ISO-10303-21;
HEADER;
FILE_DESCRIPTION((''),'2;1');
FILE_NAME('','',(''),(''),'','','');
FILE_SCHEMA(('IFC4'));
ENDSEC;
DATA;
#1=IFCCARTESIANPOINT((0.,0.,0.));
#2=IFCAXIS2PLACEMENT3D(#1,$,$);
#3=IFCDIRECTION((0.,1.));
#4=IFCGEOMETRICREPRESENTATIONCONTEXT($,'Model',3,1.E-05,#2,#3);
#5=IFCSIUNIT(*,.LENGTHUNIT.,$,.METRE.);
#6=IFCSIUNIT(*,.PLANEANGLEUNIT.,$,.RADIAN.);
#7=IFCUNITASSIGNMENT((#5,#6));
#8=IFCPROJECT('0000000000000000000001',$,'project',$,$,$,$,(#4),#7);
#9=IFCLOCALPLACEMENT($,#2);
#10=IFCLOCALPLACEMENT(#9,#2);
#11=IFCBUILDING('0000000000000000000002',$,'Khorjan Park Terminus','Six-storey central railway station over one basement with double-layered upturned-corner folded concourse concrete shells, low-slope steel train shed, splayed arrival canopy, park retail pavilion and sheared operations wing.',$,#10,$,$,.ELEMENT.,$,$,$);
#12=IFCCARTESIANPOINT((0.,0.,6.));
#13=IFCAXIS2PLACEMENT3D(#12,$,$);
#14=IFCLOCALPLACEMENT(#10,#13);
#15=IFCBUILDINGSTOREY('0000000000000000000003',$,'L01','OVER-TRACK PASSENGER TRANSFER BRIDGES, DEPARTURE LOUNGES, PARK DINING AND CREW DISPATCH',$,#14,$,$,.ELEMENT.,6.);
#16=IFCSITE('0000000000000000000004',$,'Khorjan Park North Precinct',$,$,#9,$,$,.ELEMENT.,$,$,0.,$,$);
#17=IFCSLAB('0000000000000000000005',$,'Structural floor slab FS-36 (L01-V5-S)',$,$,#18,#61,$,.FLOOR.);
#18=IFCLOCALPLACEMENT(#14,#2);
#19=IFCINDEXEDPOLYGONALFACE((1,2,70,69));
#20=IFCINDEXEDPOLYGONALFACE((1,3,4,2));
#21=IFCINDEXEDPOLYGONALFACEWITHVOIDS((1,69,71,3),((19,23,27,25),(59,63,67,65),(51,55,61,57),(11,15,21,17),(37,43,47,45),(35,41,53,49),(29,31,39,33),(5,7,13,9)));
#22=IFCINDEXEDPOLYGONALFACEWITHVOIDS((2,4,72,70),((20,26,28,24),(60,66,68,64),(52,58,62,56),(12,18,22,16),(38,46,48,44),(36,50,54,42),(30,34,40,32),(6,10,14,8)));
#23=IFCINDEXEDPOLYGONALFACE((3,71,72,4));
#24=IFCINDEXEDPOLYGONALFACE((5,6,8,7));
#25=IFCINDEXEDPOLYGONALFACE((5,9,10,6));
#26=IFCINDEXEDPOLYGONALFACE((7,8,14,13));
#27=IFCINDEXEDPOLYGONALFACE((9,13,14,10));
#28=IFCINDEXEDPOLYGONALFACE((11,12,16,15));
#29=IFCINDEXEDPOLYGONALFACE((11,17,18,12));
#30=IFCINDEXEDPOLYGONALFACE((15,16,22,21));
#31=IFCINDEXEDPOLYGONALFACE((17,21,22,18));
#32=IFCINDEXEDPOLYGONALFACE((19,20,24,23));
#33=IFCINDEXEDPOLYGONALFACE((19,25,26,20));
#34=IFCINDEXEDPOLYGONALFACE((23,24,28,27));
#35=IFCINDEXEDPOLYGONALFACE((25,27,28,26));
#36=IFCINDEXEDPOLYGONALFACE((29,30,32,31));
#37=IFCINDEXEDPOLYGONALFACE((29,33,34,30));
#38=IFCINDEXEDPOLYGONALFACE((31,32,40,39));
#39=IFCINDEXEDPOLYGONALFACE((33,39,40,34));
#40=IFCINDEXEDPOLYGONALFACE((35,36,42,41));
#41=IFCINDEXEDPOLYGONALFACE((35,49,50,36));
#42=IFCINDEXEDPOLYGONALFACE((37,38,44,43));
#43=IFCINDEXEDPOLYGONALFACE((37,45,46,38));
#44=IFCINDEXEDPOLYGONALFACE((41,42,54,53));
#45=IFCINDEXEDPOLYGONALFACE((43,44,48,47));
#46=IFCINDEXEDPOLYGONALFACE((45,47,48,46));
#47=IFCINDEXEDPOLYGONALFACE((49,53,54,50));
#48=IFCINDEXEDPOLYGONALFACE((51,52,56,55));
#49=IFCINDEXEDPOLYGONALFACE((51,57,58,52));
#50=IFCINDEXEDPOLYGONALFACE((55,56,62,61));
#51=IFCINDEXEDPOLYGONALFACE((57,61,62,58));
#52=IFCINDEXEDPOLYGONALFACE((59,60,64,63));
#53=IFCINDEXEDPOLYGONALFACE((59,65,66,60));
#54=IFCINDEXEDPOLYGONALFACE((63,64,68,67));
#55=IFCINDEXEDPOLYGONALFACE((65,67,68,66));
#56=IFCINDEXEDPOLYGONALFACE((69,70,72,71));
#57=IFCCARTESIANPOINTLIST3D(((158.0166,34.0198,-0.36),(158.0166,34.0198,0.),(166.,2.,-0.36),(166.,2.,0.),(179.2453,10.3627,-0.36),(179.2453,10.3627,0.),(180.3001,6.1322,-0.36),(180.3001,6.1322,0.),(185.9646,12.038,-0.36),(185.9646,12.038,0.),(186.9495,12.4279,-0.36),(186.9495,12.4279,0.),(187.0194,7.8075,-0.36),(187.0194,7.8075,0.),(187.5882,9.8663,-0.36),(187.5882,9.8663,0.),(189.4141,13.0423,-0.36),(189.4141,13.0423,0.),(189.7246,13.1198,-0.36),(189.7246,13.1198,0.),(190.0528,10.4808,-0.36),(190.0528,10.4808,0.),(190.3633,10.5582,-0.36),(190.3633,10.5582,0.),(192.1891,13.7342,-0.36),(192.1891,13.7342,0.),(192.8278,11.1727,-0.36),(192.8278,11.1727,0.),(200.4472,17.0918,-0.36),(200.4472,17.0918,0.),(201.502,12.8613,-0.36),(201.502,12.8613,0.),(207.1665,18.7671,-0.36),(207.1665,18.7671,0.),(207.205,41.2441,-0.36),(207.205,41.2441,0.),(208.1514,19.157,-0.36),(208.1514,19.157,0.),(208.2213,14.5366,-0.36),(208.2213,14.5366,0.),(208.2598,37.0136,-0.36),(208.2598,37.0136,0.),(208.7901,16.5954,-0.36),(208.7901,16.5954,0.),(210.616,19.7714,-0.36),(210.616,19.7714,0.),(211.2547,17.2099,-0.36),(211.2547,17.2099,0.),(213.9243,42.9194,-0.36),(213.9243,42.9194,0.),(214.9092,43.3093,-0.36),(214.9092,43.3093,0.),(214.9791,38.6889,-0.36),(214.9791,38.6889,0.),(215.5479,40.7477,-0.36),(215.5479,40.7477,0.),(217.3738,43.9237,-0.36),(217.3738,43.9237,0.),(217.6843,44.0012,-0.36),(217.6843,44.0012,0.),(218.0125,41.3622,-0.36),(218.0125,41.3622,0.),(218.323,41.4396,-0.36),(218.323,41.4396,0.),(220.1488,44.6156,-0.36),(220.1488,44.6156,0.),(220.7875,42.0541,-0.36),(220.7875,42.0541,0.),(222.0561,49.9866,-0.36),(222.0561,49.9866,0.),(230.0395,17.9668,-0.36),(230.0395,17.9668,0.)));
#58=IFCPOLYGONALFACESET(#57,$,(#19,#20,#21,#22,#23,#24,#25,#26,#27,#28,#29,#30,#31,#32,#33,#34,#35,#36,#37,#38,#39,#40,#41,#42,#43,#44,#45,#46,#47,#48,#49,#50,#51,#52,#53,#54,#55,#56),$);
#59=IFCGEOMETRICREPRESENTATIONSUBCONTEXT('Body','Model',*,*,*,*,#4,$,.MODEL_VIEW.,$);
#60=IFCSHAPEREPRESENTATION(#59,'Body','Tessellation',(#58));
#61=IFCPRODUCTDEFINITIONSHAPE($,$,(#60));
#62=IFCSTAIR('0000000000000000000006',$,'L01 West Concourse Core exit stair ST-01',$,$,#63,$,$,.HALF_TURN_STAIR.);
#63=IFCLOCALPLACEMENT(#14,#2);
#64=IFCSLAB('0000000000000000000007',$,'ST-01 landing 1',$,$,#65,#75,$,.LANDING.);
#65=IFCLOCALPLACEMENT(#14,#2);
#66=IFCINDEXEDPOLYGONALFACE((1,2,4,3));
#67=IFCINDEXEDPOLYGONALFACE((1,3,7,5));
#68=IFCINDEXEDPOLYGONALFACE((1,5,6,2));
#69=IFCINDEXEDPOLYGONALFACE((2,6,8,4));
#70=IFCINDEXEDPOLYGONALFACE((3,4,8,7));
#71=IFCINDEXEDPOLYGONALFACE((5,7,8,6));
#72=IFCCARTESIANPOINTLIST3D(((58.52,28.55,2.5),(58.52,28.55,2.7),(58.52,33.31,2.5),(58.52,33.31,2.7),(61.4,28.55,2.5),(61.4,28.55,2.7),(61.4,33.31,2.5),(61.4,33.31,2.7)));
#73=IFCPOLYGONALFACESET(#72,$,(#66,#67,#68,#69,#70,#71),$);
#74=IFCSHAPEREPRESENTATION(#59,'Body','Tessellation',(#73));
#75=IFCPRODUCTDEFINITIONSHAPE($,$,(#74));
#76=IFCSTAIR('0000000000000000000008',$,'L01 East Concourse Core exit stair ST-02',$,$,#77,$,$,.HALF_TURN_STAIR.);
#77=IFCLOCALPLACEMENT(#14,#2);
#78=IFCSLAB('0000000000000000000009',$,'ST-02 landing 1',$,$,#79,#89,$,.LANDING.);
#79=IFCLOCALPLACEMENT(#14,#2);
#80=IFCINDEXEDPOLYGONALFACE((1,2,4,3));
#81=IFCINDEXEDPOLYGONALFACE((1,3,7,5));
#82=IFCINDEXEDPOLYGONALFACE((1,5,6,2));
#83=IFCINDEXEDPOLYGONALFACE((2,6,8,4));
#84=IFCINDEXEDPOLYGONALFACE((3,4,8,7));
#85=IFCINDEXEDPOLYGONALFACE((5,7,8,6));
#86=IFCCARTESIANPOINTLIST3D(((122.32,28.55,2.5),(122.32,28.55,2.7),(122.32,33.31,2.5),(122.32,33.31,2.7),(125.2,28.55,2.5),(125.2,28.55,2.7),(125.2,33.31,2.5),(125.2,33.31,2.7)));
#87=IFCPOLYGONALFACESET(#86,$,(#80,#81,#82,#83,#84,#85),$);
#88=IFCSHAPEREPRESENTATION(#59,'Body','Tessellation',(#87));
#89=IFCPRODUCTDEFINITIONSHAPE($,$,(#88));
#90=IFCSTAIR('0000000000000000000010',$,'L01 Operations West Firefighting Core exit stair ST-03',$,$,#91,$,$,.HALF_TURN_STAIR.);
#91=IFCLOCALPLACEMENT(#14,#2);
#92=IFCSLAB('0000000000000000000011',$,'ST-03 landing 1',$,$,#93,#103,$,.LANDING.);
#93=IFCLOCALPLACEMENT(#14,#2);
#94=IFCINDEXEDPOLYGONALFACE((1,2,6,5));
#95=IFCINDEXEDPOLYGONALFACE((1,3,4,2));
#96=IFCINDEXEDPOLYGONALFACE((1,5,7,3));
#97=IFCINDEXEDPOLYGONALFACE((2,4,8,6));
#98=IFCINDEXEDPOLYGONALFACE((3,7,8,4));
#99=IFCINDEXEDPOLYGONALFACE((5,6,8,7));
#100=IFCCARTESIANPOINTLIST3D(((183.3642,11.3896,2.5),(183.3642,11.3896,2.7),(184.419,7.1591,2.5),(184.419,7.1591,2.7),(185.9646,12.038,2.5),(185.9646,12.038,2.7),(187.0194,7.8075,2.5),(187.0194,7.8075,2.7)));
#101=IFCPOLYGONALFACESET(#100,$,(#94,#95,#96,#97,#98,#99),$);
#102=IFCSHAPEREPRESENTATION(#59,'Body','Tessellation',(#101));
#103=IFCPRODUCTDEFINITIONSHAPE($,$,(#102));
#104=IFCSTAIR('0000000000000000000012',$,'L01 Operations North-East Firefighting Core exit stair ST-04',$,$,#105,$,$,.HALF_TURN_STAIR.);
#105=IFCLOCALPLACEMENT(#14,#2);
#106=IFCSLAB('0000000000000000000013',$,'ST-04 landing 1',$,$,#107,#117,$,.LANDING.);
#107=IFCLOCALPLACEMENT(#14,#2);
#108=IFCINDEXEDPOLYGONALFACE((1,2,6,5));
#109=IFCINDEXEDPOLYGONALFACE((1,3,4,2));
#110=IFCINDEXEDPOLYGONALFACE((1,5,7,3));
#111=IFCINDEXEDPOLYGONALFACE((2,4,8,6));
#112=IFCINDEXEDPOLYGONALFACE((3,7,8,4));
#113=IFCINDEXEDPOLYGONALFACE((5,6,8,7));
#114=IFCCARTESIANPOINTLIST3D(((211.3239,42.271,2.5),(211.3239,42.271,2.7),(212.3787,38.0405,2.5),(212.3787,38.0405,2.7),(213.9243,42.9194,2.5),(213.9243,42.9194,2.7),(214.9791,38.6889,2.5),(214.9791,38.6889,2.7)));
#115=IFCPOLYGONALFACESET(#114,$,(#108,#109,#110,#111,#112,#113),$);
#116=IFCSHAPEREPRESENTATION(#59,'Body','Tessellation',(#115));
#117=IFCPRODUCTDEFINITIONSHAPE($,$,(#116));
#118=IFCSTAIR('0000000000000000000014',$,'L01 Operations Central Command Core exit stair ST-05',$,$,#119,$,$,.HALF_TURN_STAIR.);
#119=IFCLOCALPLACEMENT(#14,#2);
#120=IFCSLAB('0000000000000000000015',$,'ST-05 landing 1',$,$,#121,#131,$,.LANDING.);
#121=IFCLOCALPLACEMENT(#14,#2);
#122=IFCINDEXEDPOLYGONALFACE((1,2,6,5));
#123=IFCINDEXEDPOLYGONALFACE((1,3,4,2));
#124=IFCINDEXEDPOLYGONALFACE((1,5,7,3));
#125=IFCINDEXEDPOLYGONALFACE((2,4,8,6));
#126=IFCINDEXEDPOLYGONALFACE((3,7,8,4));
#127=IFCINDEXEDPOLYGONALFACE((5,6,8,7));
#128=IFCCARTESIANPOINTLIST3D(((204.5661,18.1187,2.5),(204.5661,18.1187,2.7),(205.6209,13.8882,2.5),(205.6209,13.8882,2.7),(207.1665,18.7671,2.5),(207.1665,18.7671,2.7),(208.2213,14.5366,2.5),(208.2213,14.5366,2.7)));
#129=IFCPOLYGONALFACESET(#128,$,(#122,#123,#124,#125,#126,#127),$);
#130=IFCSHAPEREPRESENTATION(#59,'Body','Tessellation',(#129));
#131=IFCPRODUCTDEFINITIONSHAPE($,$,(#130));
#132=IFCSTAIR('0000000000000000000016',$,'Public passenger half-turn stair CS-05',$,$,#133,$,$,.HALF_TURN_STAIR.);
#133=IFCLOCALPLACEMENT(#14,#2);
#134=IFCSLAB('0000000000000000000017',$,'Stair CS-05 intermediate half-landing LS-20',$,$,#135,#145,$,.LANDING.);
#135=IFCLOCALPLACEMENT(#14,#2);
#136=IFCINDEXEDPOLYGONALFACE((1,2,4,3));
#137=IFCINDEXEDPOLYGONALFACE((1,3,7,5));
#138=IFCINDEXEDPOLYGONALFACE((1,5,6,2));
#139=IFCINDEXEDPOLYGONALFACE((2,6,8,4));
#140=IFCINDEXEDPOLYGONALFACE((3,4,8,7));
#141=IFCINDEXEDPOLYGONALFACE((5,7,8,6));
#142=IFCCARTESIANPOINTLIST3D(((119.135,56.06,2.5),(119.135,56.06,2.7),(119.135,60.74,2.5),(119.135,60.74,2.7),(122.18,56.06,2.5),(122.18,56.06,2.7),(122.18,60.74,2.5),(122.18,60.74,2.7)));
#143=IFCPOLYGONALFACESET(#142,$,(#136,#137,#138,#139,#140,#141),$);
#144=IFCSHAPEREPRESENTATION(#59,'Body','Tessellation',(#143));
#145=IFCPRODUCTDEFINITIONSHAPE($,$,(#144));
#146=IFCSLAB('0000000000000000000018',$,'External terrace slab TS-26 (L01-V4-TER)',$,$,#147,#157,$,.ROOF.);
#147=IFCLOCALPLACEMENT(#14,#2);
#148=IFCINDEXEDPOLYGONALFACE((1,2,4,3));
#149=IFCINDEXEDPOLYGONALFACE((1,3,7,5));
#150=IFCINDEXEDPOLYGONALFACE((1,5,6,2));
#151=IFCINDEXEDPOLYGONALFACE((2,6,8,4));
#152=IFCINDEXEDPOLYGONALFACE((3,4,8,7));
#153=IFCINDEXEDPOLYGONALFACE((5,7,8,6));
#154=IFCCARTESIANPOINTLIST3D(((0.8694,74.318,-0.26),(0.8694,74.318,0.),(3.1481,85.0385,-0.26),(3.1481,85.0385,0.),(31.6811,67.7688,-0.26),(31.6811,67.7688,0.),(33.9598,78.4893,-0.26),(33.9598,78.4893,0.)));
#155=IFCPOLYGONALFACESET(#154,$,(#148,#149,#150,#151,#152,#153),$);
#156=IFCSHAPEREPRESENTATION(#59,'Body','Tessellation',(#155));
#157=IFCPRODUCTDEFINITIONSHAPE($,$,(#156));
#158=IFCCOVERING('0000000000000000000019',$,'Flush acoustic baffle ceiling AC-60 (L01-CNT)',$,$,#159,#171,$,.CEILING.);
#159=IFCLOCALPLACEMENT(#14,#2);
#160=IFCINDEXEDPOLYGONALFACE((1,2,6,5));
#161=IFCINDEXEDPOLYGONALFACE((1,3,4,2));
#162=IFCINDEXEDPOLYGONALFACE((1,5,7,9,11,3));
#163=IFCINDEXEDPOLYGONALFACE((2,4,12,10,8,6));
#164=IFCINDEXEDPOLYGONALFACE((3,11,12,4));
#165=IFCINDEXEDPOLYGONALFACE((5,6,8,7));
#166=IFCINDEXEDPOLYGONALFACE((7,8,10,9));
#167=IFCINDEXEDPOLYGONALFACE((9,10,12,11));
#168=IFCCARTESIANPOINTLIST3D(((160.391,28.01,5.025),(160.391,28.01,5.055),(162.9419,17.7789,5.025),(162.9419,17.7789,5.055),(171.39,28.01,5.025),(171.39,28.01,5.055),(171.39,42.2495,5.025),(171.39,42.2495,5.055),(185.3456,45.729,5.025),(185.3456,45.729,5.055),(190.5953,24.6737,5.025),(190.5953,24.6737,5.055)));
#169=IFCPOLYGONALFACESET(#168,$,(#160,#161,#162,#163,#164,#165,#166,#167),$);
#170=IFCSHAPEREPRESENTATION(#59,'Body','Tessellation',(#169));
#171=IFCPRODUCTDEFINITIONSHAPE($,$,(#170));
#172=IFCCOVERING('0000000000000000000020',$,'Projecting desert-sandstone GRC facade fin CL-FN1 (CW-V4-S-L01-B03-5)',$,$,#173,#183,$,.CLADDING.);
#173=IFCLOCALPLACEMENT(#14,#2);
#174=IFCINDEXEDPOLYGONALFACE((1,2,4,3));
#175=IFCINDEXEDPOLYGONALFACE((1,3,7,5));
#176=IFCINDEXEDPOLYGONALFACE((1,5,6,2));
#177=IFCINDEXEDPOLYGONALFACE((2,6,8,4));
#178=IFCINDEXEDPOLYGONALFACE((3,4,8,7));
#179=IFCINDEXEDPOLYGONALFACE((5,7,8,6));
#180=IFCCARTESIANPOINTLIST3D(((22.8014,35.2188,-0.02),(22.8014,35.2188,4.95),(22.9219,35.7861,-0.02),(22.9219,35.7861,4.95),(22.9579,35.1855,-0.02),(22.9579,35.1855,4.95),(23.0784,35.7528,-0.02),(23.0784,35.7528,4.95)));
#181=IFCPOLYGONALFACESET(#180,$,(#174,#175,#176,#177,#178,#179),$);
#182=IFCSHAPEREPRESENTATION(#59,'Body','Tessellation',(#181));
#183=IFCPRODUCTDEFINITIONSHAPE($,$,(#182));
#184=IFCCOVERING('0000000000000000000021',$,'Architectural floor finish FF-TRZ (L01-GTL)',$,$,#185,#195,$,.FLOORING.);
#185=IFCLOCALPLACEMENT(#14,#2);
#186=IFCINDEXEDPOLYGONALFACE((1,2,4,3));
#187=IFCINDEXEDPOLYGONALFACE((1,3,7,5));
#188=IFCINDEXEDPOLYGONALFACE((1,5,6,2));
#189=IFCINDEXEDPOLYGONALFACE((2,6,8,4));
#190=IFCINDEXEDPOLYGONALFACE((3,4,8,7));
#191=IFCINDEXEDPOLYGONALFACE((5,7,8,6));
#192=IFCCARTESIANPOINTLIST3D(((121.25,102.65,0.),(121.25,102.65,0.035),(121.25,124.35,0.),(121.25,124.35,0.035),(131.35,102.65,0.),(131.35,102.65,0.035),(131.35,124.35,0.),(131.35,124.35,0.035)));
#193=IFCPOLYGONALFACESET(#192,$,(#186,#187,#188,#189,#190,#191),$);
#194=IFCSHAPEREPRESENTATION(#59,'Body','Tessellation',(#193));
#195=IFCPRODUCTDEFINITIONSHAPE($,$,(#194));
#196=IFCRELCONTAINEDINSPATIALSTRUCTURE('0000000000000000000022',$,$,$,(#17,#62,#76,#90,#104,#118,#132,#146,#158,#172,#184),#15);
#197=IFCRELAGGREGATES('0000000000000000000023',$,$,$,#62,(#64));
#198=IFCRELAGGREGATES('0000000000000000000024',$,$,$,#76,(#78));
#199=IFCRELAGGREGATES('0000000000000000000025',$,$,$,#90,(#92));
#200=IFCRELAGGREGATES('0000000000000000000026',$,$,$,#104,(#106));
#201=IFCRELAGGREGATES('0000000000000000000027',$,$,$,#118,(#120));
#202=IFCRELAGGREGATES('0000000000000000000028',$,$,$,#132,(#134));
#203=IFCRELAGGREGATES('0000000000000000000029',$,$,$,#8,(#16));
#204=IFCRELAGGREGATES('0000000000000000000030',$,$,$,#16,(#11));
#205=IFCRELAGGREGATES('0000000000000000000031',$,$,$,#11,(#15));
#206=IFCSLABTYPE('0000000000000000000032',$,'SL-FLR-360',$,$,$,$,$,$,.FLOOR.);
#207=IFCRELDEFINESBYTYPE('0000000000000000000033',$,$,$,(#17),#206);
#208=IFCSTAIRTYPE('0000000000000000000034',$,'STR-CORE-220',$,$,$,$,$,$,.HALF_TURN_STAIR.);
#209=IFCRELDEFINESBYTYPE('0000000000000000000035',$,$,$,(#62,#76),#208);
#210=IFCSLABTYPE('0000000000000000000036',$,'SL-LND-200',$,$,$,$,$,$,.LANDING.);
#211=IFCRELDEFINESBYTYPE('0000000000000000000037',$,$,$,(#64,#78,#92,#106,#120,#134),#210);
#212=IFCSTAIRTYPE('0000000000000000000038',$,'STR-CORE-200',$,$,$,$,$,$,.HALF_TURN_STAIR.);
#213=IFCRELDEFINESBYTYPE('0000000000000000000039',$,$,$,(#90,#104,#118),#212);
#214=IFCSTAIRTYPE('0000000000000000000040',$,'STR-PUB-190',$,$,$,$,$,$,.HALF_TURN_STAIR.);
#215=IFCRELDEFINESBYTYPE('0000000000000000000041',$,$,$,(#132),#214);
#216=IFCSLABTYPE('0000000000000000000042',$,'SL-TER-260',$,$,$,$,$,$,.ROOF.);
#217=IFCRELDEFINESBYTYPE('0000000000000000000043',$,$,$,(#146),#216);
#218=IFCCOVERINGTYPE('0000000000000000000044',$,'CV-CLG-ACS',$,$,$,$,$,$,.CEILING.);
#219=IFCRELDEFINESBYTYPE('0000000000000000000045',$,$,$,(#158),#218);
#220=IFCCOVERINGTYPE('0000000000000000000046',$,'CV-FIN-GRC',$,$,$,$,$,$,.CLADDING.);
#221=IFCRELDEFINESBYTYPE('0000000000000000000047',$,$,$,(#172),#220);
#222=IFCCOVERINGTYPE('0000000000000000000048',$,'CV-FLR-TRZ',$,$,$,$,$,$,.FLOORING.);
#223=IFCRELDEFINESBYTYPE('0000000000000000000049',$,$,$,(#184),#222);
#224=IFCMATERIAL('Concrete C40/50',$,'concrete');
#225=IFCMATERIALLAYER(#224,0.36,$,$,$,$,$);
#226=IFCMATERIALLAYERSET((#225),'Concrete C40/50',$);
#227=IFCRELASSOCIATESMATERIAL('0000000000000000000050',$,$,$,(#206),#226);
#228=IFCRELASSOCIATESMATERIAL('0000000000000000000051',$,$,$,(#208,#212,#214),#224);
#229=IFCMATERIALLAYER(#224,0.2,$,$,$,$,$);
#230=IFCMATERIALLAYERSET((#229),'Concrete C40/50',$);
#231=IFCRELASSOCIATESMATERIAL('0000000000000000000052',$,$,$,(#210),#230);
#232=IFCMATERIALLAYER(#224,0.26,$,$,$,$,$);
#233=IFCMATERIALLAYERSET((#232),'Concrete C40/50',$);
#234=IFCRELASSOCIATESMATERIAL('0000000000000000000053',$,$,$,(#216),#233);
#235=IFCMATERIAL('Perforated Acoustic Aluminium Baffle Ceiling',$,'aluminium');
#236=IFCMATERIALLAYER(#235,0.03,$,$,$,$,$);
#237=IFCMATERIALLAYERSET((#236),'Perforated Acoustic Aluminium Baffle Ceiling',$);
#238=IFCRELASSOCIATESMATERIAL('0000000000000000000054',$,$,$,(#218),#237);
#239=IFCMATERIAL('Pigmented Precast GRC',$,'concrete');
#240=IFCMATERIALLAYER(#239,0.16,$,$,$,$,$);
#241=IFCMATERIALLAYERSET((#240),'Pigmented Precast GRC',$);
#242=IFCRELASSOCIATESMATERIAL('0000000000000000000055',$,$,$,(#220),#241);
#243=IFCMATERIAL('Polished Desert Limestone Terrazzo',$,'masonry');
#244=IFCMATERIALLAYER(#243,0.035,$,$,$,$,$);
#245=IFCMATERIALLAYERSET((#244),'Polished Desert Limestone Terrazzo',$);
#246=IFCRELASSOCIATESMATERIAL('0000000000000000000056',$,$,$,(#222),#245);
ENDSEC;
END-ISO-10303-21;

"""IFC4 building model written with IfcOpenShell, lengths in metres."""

from ifc_helpers import new_model, si_unit, direction, frame, origin, origin_2d, place, context, subcontext, project, spatial, polyline, rectangle, outline, extrude, material, layer, layer_set, type_object, element, aggregate, save


model = new_model("IFC4")

# Units and contexts
model_context = context("Model", 3, precision=1e-05, world=origin(), true_north=direction((0.0, 1.0)))
body_context = subcontext(model_context, "Body", "Model", "MODEL_VIEW")
ifc_project = project(units=[si_unit("LENGTHUNIT", "METRE"), si_unit("PLANEANGLEUNIT", "RADIAN")], contexts=[model_context])

# Site, building, storey
site_placement = place(None, origin())
site = spatial("IfcSite", under=ifc_project, at=site_placement, Name="Khorjan Park North Precinct", CompositionType="ELEMENT", RefElevation=0.0)
building_placement = place(site_placement, origin())
building = spatial("IfcBuilding", under=site, at=building_placement, Name="Khorjan Park Terminus", Description="Six-storey central railway station over one basement with double-layered upturned-corner folded concourse concrete shells, low-slope steel train shed, splayed arrival canopy, park retail pavilion and sheared operations wing.", CompositionType="ELEMENT")
storey_placement = place(building_placement, frame((0.0, 0.0, 6.0)))
storey = spatial("IfcBuildingStorey", under=building, at=storey_placement, Name="L01", Description="OVER-TRACK PASSENGER TRANSFER BRIDGES, DEPARTURE LOUNGES, PARK DINING AND CREW DISPATCH", CompositionType="ELEMENT", Elevation=6.0)

# Slab
ifc_material_1 = material(Name="Concrete C40/50", Category="concrete")
ifc_layer_1 = layer(ifc_material_1, 0.36)
ifc_layer_set_1 = layer_set([ifc_layer_1], Name="Concrete C40/50")
slab_type_1 = type_object("IfcSlabType", Name="SL-FLR-360", PredefinedType="FLOOR", material=ifc_layer_set_1)
slab_1_placement = place(storey_placement, frame((0.0, 0.0, -0.36)))
element("IfcSlab", 1, at=slab_1_placement, inside=storey, type_object=slab_type_1, Name="Structural floor slab FS-36 (L01-V5-S)", PredefinedType="FLOOR", context=body_context, shape_type="SweptSolid", body=[
    extrude(outline(polyline([(158.0166, 34.0198), (222.0561, 49.9866), (230.0395, 17.9668), (166.0, 2.0), (158.0166, 34.0198)]), holes=[polyline([(180.3001, 6.1322), (187.0194, 7.8075), (185.9646, 12.038), (179.2453, 10.3627), (180.3001, 6.1322)]), polyline([(187.5882, 9.8663), (190.0528, 10.4808), (189.4141, 13.0423), (186.9495, 12.4279), (187.5882, 9.8663)]), polyline([(190.3633, 10.5582), (192.8278, 11.1727), (192.1891, 13.7342), (189.7246, 13.1198), (190.3633, 10.5582)]), polyline([(201.502, 12.8613), (208.2213, 14.5366), (207.1665, 18.7671), (200.4472, 17.0918), (201.502, 12.8613)]), polyline([(208.7901, 16.5954), (211.2547, 17.2099), (210.616, 19.7714), (208.1514, 19.157), (208.7901, 16.5954)]), polyline([(208.2598, 37.0136), (214.9791, 38.6889), (213.9243, 42.9194), (207.205, 41.2441), (208.2598, 37.0136)]), polyline([(215.5479, 40.7477), (218.0125, 41.3622), (217.3738, 43.9237), (214.9092, 43.3093), (215.5479, 40.7477)]), polyline([(218.323, 41.4396), (220.7875, 42.0541), (220.1488, 44.6156), (217.6843, 44.0012), (218.323, 41.4396)])]), origin(), (0.0, 0.0, 1.0), 0.36),
])

# Stairs, slabs
stair_type_1 = type_object("IfcStairType", Name="STR-CORE-220", PredefinedType="HALF_TURN_STAIR", material=ifc_material_1)
stair_1_placement = place(storey_placement, origin())
stair_1 = element("IfcStair", 2, at=stair_1_placement, inside=storey, type_object=stair_type_1, Name="L01 West Concourse Core exit stair ST-01", PredefinedType="HALF_TURN_STAIR")
ifc_layer_2 = layer(ifc_material_1, 0.2)
ifc_layer_set_2 = layer_set([ifc_layer_2], Name="Concrete C40/50")
slab_type_2 = type_object("IfcSlabType", Name="SL-LND-200", PredefinedType="LANDING", material=ifc_layer_set_2)
slab_2_placement = place(storey_placement, frame((0.0, 0.0, 2.5)))
slab_2 = element("IfcSlab", 3, at=slab_2_placement, type_object=slab_type_2, Name="ST-01 landing 1", PredefinedType="LANDING", context=body_context, shape_type="SweptSolid", body=[
    extrude(outline(polyline([(58.52, 28.55), (61.4, 28.55), (61.4, 33.31), (58.52, 33.31), (58.52, 28.55)])), origin(), (0.0, 0.0, 1.0), 0.2),
])
aggregate(stair_1, [slab_2])
stair_2_placement = place(storey_placement, origin())
stair_2 = element("IfcStair", 4, at=stair_2_placement, inside=storey, type_object=stair_type_1, Name="L01 East Concourse Core exit stair ST-02", PredefinedType="HALF_TURN_STAIR")
slab_3_placement = place(storey_placement, frame((0.0, 0.0, 2.5)))
slab_3 = element("IfcSlab", 5, at=slab_3_placement, type_object=slab_type_2, Name="ST-02 landing 1", PredefinedType="LANDING", context=body_context, shape_type="SweptSolid", body=[
    extrude(outline(polyline([(122.32, 28.55), (125.2, 28.55), (125.2, 33.31), (122.32, 33.31), (122.32, 28.55)])), origin(), (0.0, 0.0, 1.0), 0.2),
])
aggregate(stair_2, [slab_3])
stair_type_2 = type_object("IfcStairType", Name="STR-CORE-200", PredefinedType="HALF_TURN_STAIR", material=ifc_material_1)
stair_3_placement = place(storey_placement, origin())
stair_3 = element("IfcStair", 6, at=stair_3_placement, inside=storey, type_object=stair_type_2, Name="L01 Operations West Firefighting Core exit stair ST-03", PredefinedType="HALF_TURN_STAIR")
slab_4_placement = place(storey_placement, frame((0.0, 0.0, 2.5)))
slab_4 = element("IfcSlab", 7, at=slab_4_placement, type_object=slab_type_2, Name="ST-03 landing 1", PredefinedType="LANDING", context=body_context, shape_type="SweptSolid", body=[
    extrude(outline(polyline([(184.419, 7.1591), (187.0194, 7.8075), (185.9646, 12.038), (183.3642, 11.3896), (184.419, 7.1591)])), origin(), (0.0, 0.0, 1.0), 0.2),
])
aggregate(stair_3, [slab_4])
stair_4_placement = place(storey_placement, origin())
stair_4 = element("IfcStair", 8, at=stair_4_placement, inside=storey, type_object=stair_type_2, Name="L01 Operations North-East Firefighting Core exit stair ST-04", PredefinedType="HALF_TURN_STAIR")
slab_5_placement = place(storey_placement, frame((0.0, 0.0, 2.5)))
slab_5 = element("IfcSlab", 9, at=slab_5_placement, type_object=slab_type_2, Name="ST-04 landing 1", PredefinedType="LANDING", context=body_context, shape_type="SweptSolid", body=[
    extrude(outline(polyline([(212.3787, 38.0405), (214.9791, 38.6889), (213.9243, 42.9194), (211.3239, 42.271), (212.3787, 38.0405)])), origin(), (0.0, 0.0, 1.0), 0.2),
])
aggregate(stair_4, [slab_5])
stair_5_placement = place(storey_placement, origin())
stair_5 = element("IfcStair", 10, at=stair_5_placement, inside=storey, type_object=stair_type_2, Name="L01 Operations Central Command Core exit stair ST-05", PredefinedType="HALF_TURN_STAIR")
slab_6_placement = place(storey_placement, frame((0.0, 0.0, 2.5)))
slab_6 = element("IfcSlab", 11, at=slab_6_placement, type_object=slab_type_2, Name="ST-05 landing 1", PredefinedType="LANDING", context=body_context, shape_type="SweptSolid", body=[
    extrude(outline(polyline([(205.6209, 13.8882), (208.2213, 14.5366), (207.1665, 18.7671), (204.5661, 18.1187), (205.6209, 13.8882)])), origin(), (0.0, 0.0, 1.0), 0.2),
])
aggregate(stair_5, [slab_6])
stair_type_3 = type_object("IfcStairType", Name="STR-PUB-190", PredefinedType="HALF_TURN_STAIR", material=ifc_material_1)
stair_6_placement = place(storey_placement, origin())
stair_6 = element("IfcStair", 12, at=stair_6_placement, inside=storey, type_object=stair_type_3, Name="Public passenger half-turn stair CS-05", PredefinedType="HALF_TURN_STAIR")
slab_7_placement = place(storey_placement, frame((0.0, 0.0, 2.5)))
slab_7 = element("IfcSlab", 13, at=slab_7_placement, type_object=slab_type_2, Name="Stair CS-05 intermediate half-landing LS-20", PredefinedType="LANDING", context=body_context, shape_type="SweptSolid", body=[
    extrude(outline(polyline([(119.135, 56.06), (122.18, 56.06), (122.18, 60.74), (119.135, 60.74), (119.135, 56.06)])), origin(), (0.0, 0.0, 1.0), 0.2),
])
aggregate(stair_6, [slab_7])

# Slab
ifc_layer_3 = layer(ifc_material_1, 0.26)
ifc_layer_set_3 = layer_set([ifc_layer_3], Name="Concrete C40/50")
slab_type_3 = type_object("IfcSlabType", Name="SL-TER-260", PredefinedType="ROOF", material=ifc_layer_set_3)
slab_8_placement = place(storey_placement, frame((0.0, 0.0, -0.26)))
element("IfcSlab", 14, at=slab_8_placement, inside=storey, type_object=slab_type_3, Name="External terrace slab TS-26 (L01-V4-TER)", PredefinedType="ROOF", context=body_context, shape_type="SweptSolid", body=[
    extrude(outline(polyline([(0.8694, 74.318), (31.6811, 67.7688), (33.9598, 78.4893), (3.1481, 85.0385), (0.8694, 74.318)])), origin(), (0.0, 0.0, 1.0), 0.26),
])

# Coverings
ifc_material_2 = material(Name="Perforated Acoustic Aluminium Baffle Ceiling", Category="aluminium")
ifc_layer_4 = layer(ifc_material_2, 0.03)
ifc_layer_set_4 = layer_set([ifc_layer_4], Name="Perforated Acoustic Aluminium Baffle Ceiling")
covering_type_1 = type_object("IfcCoveringType", Name="CV-CLG-ACS", PredefinedType="CEILING", material=ifc_layer_set_4)
covering_1_placement = place(storey_placement, frame((0.0, 0.0, 5.025)))
element("IfcCovering", 15, at=covering_1_placement, inside=storey, type_object=covering_type_1, Name="Flush acoustic baffle ceiling AC-60 (L01-CNT)", PredefinedType="CEILING", context=body_context, shape_type="SweptSolid", body=[
    extrude(outline(polyline([(190.5953, 24.6737), (162.9419, 17.7789), (160.391, 28.01), (171.39, 28.01), (171.39, 42.2495), (185.3456, 45.729), (190.5953, 24.6737)])), origin(), (0.0, 0.0, 1.0), 0.03),
])
ifc_material_3 = material(Name="Pigmented Precast GRC", Category="concrete")
ifc_layer_5 = layer(ifc_material_3, 0.16)
ifc_layer_set_5 = layer_set([ifc_layer_5], Name="Pigmented Precast GRC")
covering_type_2 = type_object("IfcCoveringType", Name="CV-FIN-GRC", PredefinedType="CLADDING", material=ifc_layer_set_5)
covering_2_placement = place(storey_placement, frame((22.9399, 35.4858, -0.02), z_axis=(0.0, 0.0, 1.0), x_axis=(0.207912, 0.978148, 0.0)))
element("IfcCovering", 16, at=covering_2_placement, inside=storey, type_object=covering_type_2, Name="Projecting desert-sandstone GRC facade fin CL-FN1 (CW-V4-S-L01-B03-5)", PredefinedType="CLADDING", context=body_context, shape_type="SweptSolid", body=[
    extrude(rectangle(XDim=0.58, YDim=0.16, at=origin_2d()), origin(), (0.0, 0.0, 1.0), 4.97),
])
ifc_material_4 = material(Name="Polished Desert Limestone Terrazzo", Category="masonry")
ifc_layer_6 = layer(ifc_material_4, 0.035)
ifc_layer_set_6 = layer_set([ifc_layer_6], Name="Polished Desert Limestone Terrazzo")
covering_type_3 = type_object("IfcCoveringType", Name="CV-FLR-TRZ", PredefinedType="FLOORING", material=ifc_layer_set_6)
covering_3_placement = place(storey_placement, origin())
element("IfcCovering", 17, at=covering_3_placement, inside=storey, type_object=covering_type_3, Name="Architectural floor finish FF-TRZ (L01-GTL)", PredefinedType="FLOORING", context=body_context, shape_type="SweptSolid", body=[
    extrude(outline(polyline([(131.35, 124.35), (131.35, 102.65), (121.25, 102.65), (121.25, 124.35), (131.35, 124.35)])), origin(), (0.0, 0.0, 1.0), 0.035),
])

save(model, "model.ifc")
